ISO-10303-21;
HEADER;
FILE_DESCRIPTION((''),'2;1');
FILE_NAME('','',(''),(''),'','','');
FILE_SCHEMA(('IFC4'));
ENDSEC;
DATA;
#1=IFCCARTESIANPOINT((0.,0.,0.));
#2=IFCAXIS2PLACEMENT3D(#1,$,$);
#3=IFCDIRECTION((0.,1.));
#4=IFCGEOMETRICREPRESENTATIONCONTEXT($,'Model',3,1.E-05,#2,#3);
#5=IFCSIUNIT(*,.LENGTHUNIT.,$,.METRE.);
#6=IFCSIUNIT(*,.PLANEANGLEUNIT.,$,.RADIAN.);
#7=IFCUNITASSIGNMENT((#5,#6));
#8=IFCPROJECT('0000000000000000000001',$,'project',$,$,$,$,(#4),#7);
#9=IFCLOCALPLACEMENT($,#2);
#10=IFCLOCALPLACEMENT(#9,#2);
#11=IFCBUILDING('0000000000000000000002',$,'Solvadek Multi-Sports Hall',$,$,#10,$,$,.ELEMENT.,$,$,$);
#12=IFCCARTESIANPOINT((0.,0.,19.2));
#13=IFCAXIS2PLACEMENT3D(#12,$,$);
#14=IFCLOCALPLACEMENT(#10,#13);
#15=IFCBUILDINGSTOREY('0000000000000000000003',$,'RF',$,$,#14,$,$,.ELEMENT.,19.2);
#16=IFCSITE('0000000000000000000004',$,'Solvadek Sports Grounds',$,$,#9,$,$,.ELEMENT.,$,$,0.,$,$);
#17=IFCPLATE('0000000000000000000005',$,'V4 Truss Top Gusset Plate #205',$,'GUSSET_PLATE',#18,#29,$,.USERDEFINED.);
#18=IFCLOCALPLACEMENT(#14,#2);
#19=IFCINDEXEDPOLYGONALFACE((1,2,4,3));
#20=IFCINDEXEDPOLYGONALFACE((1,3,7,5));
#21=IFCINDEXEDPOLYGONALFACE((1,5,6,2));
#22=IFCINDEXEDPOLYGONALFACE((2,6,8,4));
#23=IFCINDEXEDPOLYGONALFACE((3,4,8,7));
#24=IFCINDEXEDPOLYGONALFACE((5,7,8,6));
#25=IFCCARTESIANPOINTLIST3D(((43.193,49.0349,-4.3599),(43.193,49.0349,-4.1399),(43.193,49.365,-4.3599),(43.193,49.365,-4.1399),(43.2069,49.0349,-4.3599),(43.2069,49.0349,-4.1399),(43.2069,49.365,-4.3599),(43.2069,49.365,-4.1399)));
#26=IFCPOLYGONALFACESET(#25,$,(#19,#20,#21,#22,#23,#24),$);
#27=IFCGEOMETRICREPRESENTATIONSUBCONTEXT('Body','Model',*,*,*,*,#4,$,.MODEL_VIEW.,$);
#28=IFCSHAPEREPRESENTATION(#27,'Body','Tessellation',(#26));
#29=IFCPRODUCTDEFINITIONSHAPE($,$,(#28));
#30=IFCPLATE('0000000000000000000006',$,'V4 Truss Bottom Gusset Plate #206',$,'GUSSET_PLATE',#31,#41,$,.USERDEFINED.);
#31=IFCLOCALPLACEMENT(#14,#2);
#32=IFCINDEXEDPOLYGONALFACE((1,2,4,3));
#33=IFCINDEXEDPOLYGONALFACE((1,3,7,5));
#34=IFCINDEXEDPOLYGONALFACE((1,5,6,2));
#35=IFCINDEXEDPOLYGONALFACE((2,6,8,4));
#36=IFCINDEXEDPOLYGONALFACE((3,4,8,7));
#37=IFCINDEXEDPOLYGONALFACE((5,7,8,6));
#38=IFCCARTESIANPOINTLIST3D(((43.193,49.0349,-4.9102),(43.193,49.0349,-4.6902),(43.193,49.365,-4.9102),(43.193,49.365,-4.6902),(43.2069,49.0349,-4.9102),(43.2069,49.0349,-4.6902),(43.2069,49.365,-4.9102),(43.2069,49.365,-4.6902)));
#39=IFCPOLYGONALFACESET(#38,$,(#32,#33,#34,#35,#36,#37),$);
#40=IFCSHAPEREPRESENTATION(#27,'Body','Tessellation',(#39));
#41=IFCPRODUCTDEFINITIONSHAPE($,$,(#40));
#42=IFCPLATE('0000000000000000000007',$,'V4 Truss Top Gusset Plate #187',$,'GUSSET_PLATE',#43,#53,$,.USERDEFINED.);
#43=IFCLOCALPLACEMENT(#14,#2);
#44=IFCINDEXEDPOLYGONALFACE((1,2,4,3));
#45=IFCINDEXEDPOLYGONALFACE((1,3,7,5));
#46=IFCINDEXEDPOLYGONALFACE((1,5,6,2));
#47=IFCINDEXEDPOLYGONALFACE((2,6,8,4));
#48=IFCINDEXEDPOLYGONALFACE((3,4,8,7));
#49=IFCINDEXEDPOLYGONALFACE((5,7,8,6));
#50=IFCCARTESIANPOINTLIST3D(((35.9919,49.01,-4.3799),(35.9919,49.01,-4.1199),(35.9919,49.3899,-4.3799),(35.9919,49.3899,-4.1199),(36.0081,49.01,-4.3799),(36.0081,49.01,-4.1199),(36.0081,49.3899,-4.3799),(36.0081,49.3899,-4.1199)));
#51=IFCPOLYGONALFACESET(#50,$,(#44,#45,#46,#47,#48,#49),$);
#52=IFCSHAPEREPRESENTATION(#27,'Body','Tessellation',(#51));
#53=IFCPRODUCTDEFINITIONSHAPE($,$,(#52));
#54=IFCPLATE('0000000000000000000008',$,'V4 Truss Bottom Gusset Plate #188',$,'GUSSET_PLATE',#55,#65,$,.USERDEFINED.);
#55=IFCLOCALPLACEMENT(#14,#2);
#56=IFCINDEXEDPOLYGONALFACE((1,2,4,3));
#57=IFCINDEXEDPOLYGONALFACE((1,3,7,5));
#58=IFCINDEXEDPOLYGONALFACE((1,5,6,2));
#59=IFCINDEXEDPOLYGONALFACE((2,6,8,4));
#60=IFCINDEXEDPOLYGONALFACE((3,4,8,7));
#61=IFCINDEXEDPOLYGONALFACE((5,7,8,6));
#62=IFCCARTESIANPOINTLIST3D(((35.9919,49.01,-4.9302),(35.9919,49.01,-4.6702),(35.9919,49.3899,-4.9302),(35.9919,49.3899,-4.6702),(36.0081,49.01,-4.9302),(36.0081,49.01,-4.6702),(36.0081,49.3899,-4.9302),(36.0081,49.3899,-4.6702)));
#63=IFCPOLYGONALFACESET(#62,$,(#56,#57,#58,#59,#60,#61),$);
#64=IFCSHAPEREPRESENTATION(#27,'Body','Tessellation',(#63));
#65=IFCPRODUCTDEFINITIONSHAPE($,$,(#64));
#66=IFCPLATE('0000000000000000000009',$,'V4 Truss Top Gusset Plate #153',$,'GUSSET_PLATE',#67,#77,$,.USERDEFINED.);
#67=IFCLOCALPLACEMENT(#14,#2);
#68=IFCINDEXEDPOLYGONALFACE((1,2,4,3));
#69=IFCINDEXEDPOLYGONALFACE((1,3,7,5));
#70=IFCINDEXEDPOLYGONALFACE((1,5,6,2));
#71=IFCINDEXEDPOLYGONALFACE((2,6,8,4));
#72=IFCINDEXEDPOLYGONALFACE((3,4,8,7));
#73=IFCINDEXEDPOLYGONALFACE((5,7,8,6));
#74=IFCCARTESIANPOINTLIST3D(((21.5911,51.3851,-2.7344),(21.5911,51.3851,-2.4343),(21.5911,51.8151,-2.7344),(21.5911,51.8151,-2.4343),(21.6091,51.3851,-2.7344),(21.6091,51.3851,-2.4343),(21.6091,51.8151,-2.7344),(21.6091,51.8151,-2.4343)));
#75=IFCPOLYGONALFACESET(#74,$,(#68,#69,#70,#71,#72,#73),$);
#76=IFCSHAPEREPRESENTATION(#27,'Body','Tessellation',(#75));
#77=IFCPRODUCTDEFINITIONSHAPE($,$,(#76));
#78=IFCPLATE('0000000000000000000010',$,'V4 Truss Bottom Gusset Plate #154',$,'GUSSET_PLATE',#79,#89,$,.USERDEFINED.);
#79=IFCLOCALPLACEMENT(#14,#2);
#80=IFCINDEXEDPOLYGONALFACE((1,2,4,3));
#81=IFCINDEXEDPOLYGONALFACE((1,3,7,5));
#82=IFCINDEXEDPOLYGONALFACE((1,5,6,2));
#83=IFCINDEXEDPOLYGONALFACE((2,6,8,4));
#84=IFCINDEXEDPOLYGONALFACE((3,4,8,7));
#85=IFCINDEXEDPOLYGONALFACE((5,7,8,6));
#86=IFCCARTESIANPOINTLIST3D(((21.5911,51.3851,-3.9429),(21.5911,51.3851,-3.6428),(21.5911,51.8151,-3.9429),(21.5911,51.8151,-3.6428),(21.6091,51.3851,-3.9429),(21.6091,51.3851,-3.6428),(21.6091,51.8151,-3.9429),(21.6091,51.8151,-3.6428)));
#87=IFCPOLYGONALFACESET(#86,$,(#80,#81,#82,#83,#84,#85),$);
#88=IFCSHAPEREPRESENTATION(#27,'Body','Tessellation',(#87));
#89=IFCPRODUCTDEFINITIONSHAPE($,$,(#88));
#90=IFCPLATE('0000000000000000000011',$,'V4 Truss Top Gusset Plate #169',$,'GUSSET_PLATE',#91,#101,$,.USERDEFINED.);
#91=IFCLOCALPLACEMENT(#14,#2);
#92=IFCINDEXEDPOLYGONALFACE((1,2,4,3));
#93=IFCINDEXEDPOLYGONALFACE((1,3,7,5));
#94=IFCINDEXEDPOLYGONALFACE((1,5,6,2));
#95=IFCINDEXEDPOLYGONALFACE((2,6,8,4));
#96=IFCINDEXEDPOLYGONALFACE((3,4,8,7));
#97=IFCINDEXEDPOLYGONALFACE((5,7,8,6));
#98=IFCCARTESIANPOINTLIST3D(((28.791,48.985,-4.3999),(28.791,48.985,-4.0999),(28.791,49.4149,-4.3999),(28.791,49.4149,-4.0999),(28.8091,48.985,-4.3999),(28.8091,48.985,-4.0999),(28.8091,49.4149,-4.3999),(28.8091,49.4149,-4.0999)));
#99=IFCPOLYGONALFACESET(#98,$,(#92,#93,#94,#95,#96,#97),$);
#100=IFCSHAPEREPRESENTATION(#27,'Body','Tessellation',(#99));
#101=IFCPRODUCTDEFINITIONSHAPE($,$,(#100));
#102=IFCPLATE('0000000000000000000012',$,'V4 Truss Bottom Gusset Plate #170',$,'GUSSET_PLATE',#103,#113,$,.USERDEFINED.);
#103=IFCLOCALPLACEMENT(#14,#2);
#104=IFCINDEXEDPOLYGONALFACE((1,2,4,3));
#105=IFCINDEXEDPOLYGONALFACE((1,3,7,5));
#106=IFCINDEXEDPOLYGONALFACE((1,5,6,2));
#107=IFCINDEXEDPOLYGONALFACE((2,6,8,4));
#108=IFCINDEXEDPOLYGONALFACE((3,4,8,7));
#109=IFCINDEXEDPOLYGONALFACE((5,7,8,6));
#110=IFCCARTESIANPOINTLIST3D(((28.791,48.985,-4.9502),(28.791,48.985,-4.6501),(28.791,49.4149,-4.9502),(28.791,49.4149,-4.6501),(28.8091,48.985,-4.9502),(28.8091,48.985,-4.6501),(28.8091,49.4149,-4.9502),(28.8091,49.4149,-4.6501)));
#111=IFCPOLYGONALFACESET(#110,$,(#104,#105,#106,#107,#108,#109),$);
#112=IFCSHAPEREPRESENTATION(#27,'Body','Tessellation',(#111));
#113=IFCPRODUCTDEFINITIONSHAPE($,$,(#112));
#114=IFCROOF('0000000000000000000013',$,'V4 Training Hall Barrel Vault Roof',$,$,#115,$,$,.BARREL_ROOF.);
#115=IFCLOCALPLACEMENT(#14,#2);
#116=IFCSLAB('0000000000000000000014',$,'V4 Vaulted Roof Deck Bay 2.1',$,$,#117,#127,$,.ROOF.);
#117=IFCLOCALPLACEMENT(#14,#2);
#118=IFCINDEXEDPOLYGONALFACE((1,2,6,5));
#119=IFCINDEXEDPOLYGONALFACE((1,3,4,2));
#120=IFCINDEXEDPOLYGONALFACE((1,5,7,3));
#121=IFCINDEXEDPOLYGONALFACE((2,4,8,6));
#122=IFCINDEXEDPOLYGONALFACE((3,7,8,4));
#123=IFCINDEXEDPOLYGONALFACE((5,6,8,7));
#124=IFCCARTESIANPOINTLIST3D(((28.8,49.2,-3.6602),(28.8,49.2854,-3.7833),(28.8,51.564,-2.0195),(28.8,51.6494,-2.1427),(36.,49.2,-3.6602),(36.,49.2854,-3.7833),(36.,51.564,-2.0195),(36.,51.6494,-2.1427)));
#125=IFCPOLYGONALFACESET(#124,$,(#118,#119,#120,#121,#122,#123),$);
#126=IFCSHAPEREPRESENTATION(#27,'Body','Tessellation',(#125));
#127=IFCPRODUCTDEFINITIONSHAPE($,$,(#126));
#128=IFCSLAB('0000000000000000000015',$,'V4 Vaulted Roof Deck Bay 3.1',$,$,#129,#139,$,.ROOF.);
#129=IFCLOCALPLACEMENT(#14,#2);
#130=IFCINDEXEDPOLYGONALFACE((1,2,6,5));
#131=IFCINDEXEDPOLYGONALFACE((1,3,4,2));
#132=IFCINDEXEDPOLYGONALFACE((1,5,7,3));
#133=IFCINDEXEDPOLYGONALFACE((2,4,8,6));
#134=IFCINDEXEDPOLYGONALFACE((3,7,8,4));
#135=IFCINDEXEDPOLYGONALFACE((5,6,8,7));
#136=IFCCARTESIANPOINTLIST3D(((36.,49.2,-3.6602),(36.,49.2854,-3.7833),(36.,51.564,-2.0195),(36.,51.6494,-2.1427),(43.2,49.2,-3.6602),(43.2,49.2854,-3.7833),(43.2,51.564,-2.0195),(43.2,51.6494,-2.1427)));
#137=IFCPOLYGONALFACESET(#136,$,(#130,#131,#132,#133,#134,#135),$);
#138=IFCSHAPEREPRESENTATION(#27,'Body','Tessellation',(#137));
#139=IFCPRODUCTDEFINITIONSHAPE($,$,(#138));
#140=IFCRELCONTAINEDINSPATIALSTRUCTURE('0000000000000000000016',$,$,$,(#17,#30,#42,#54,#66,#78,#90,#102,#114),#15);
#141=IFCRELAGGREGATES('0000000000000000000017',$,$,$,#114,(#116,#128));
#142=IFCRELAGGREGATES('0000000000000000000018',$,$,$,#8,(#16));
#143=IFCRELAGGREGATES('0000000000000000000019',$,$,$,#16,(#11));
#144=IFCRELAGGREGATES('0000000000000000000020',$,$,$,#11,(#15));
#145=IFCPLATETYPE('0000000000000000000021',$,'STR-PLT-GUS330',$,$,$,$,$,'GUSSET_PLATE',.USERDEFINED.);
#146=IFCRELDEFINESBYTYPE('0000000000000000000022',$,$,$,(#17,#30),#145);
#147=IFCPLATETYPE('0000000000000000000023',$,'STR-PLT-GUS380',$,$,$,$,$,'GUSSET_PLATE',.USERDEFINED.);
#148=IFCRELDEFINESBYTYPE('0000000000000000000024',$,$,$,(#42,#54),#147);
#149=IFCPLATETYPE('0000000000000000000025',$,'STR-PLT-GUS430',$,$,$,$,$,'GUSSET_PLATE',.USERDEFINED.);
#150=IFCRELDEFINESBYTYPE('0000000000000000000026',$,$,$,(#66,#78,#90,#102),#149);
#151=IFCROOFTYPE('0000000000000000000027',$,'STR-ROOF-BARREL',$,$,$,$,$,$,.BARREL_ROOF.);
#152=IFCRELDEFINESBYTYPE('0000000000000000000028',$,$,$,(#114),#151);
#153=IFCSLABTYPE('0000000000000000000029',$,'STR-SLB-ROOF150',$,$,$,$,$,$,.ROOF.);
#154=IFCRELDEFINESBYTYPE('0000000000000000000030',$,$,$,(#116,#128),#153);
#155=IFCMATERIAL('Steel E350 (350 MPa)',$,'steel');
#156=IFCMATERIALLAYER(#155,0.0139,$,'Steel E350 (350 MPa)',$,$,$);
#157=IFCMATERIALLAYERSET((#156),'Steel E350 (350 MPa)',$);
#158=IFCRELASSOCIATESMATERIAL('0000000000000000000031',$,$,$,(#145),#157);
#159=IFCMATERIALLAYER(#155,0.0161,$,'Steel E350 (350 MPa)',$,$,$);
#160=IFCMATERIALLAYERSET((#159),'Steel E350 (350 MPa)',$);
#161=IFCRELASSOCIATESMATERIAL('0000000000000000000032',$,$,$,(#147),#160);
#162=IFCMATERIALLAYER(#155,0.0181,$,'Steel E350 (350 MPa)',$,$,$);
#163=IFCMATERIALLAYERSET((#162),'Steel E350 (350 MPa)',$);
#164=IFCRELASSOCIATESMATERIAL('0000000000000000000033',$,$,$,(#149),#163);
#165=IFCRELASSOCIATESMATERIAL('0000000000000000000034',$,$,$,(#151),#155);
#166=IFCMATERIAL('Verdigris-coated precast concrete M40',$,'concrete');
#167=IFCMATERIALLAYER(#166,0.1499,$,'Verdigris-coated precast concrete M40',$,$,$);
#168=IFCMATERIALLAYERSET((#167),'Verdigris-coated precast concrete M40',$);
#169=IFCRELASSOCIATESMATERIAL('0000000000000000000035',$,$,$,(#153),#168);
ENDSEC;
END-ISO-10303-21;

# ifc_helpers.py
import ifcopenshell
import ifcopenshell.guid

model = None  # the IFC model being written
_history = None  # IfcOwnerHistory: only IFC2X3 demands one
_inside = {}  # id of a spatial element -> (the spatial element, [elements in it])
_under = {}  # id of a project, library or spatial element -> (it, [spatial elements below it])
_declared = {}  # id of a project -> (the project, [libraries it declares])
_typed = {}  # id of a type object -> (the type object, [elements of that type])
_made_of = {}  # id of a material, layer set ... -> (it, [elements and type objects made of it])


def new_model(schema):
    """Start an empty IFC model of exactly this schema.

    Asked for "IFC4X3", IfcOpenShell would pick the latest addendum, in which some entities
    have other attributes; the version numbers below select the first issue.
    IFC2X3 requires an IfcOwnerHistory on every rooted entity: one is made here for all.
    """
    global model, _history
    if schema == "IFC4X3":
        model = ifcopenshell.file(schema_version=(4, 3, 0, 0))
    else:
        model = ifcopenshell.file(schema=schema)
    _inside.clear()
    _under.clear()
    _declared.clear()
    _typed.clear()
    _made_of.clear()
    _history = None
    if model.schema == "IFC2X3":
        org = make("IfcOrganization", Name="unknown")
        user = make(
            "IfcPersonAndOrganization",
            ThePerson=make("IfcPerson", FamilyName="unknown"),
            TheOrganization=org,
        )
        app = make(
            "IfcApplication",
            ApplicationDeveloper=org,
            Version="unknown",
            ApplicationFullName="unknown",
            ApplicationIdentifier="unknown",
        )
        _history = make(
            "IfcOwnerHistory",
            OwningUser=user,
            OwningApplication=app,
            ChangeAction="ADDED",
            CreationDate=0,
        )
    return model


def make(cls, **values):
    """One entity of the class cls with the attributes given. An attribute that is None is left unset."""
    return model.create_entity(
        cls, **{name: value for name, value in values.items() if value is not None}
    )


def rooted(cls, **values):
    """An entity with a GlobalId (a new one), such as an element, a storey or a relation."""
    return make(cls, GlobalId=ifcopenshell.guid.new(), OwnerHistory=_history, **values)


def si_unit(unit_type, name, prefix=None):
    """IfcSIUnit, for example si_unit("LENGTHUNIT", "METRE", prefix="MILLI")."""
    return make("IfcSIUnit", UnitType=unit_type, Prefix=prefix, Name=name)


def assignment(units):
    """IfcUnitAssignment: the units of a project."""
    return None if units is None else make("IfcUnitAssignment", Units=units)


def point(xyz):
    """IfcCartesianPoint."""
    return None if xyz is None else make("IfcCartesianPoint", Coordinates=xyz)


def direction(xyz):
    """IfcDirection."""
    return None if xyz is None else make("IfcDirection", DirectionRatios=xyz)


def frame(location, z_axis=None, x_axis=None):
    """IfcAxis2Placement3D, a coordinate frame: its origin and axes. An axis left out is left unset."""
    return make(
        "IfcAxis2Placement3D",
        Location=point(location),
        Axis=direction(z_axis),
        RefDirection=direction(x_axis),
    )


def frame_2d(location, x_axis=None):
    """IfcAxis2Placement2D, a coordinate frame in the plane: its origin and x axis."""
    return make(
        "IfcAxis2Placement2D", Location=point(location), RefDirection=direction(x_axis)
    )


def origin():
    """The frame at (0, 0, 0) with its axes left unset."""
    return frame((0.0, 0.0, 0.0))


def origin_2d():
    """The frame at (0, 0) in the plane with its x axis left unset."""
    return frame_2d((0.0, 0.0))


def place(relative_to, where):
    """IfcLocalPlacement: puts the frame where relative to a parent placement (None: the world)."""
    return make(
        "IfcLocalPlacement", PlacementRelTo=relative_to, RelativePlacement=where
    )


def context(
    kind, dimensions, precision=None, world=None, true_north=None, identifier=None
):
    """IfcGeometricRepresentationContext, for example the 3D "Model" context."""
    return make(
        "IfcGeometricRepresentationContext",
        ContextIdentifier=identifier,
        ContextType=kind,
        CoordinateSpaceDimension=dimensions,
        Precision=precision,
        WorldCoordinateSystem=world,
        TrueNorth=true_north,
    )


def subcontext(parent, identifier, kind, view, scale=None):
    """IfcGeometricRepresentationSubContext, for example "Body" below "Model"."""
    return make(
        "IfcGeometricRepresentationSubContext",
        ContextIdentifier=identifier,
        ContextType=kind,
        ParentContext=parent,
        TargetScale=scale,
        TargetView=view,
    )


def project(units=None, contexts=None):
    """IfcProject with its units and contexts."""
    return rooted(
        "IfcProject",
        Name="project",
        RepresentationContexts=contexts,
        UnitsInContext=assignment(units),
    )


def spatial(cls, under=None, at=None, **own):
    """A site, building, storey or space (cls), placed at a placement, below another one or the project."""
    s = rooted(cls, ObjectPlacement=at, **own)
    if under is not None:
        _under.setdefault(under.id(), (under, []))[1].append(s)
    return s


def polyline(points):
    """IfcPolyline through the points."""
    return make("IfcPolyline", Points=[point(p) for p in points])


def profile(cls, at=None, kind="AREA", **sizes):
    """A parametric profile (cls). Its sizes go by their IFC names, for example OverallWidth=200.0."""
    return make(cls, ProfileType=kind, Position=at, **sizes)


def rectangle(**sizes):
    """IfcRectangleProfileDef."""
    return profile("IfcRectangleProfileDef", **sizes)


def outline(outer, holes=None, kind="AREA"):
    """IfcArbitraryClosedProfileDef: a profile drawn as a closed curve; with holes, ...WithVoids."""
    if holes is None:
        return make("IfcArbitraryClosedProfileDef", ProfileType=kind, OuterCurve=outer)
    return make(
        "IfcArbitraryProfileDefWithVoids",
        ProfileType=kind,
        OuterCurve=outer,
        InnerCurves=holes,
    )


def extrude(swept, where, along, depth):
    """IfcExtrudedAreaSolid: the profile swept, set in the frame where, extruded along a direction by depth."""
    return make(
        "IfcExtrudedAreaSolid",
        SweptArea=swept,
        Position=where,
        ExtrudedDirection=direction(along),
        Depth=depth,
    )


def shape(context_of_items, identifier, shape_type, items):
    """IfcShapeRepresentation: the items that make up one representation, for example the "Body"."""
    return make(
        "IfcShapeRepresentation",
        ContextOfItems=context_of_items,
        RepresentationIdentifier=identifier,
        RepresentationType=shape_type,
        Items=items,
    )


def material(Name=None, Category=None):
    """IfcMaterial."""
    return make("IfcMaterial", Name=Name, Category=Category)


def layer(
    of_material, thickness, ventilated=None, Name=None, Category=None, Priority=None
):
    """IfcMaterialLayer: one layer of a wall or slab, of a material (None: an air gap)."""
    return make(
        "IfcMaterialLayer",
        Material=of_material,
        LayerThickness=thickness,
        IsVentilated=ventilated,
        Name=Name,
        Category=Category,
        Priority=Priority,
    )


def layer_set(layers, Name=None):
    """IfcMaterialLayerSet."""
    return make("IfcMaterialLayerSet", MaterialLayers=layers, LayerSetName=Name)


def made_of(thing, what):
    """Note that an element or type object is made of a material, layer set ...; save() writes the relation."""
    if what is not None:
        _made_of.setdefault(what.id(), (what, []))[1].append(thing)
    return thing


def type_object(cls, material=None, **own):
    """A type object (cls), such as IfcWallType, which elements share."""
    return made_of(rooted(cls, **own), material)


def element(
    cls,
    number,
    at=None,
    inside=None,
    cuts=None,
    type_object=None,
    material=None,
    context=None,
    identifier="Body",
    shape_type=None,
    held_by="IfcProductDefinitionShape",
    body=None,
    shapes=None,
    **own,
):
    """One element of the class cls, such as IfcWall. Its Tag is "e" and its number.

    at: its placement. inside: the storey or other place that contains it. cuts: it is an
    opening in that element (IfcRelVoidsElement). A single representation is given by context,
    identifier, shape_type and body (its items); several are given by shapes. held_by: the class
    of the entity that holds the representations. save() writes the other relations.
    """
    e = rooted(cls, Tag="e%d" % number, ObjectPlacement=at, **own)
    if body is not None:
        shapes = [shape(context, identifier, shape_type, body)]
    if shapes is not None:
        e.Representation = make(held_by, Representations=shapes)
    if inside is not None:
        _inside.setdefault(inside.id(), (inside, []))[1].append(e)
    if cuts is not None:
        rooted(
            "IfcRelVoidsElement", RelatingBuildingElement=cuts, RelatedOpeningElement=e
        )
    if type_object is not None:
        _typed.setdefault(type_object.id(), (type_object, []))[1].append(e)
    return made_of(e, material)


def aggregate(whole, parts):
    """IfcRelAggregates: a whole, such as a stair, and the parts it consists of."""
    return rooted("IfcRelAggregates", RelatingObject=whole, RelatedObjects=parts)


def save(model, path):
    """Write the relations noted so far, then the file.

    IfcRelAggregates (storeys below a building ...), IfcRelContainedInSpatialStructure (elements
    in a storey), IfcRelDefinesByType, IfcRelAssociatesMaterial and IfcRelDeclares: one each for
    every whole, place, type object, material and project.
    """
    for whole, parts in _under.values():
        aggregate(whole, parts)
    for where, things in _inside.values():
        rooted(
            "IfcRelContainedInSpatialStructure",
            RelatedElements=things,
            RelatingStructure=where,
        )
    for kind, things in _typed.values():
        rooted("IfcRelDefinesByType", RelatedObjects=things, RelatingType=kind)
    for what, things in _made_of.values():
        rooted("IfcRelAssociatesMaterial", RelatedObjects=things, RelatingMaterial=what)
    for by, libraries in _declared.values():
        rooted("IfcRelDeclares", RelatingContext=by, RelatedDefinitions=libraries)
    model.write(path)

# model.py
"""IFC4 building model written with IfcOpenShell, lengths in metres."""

from ifc_helpers import new_model, si_unit, direction, frame, origin, origin_2d, place, context, subcontext, project, spatial, polyline, rectangle, outline, extrude, material, layer, layer_set, type_object, element, aggregate, save


model = new_model("IFC4")

# Units and contexts
model_context = context("Model", 3, precision=1e-05, world=origin(), true_north=direction((0.0, 1.0)))
body_context = subcontext(model_context, "Body", "Model", "MODEL_VIEW")
ifc_project = project(units=[si_unit("LENGTHUNIT", "METRE"), si_unit("PLANEANGLEUNIT", "RADIAN")], contexts=[model_context])

# Site, building, storey
site_placement = place(None, origin())
site = spatial("IfcSite", under=ifc_project, at=site_placement, Name="Solvadek Sports Grounds", CompositionType="ELEMENT", RefElevation=0.0)
building_placement = place(site_placement, origin())
building = spatial("IfcBuilding", under=site, at=building_placement, Name="Solvadek Multi-Sports Hall", CompositionType="ELEMENT")
storey_placement = place(building_placement, frame((0.0, 0.0, 19.2)))
storey = spatial("IfcBuildingStorey", under=building, at=storey_placement, Name="RF", CompositionType="ELEMENT", Elevation=19.2)

# Shared definitions
ifc_material_1 = material(Name="Steel E350 (350 MPa)", Category="steel")

# Plates
ifc_layer_1 = layer(ifc_material_1, 0.0139, Name="Steel E350 (350 MPa)")
ifc_layer_set_1 = layer_set([ifc_layer_1], Name="Steel E350 (350 MPa)")
plate_type_1 = type_object("IfcPlateType", Name="STR-PLT-GUS330", ElementType="GUSSET_PLATE", PredefinedType="USERDEFINED", material=ifc_layer_set_1)
for number, where, z_axis, x_axis, name in (
    (1, (43.2, 49.2, -4.3599), (0.0, 0.0, 1.0), (0.0, 1.0, 0.0), "V4 Truss Top Gusset Plate #205"),
    (2, (43.2, 49.2, -4.9102), (0.0, 0.0, 1.0), (0.0, 1.0, 0.0), "V4 Truss Bottom Gusset Plate #206"),
):
    element("IfcPlate", number, at=place(storey_placement, frame(where, z_axis=z_axis, x_axis=x_axis)), inside=storey, type_object=plate_type_1, Name=name, ObjectType="GUSSET_PLATE", PredefinedType="USERDEFINED", context=body_context, shape_type="SweptSolid", body=[
        extrude(rectangle(XDim=0.3301, YDim=0.0139, at=origin_2d()), origin(), (0.0, 0.0, 1.0), 0.22),
    ])
ifc_layer_2 = layer(ifc_material_1, 0.0161, Name="Steel E350 (350 MPa)")
ifc_layer_set_2 = layer_set([ifc_layer_2], Name="Steel E350 (350 MPa)")
plate_type_2 = type_object("IfcPlateType", Name="STR-PLT-GUS380", ElementType="GUSSET_PLATE", PredefinedType="USERDEFINED", material=ifc_layer_set_2)
for number, where, z_axis, x_axis, name in (
    (3, (36.0, 49.2, -4.3799), (0.0, 0.0, 1.0), (0.0, 1.0, 0.0), "V4 Truss Top Gusset Plate #187"),
    (4, (36.0, 49.2, -4.9302), (0.0, 0.0, 1.0), (0.0, 1.0, 0.0), "V4 Truss Bottom Gusset Plate #188"),
):
    element("IfcPlate", number, at=place(storey_placement, frame(where, z_axis=z_axis, x_axis=x_axis)), inside=storey, type_object=plate_type_2, Name=name, ObjectType="GUSSET_PLATE", PredefinedType="USERDEFINED", context=body_context, shape_type="SweptSolid", body=[
        extrude(rectangle(XDim=0.3799, YDim=0.0161, at=origin_2d()), origin(), (0.0, 0.0, 1.0), 0.26),
    ])
ifc_layer_3 = layer(ifc_material_1, 0.0181, Name="Steel E350 (350 MPa)")
ifc_layer_set_3 = layer_set([ifc_layer_3], Name="Steel E350 (350 MPa)")
plate_type_3 = type_object("IfcPlateType", Name="STR-PLT-GUS430", ElementType="GUSSET_PLATE", PredefinedType="USERDEFINED", material=ifc_layer_set_3)
for number, where, z_axis, x_axis, name in (
    (5, (21.6001, 51.6001, -2.7344), (0.0, 0.0, 1.0), (0.0, 1.0, 0.0), "V4 Truss Top Gusset Plate #153"),
    (6, (21.6001, 51.6001, -3.9429), (0.0, 0.0, 1.0), (0.0, 1.0, 0.0), "V4 Truss Bottom Gusset Plate #154"),
    (7, (28.8, 49.2, -4.3999), (0.0, 0.0, 1.0), (0.0, 1.0, 0.0), "V4 Truss Top Gusset Plate #169"),
    (8, (28.8, 49.2, -4.9502), (0.0, 0.0, 1.0), (0.0, 1.0, 0.0), "V4 Truss Bottom Gusset Plate #170"),
):
    element("IfcPlate", number, at=place(storey_placement, frame(where, z_axis=z_axis, x_axis=x_axis)), inside=storey, type_object=plate_type_3, Name=name, ObjectType="GUSSET_PLATE", PredefinedType="USERDEFINED", context=body_context, shape_type="SweptSolid", body=[
        extrude(rectangle(XDim=0.4299, YDim=0.0181, at=origin_2d()), origin(), (0.0, 0.0, 1.0), 0.3),
    ])

# Roof, slabs
roof_type = type_object("IfcRoofType", Name="STR-ROOF-BARREL", PredefinedType="BARREL_ROOF", material=ifc_material_1)
roof_placement = place(storey_placement, origin())
roof = element("IfcRoof", 9, at=roof_placement, inside=storey, type_object=roof_type, Name="V4 Training Hall Barrel Vault Roof", PredefinedType="BARREL_ROOF")
ifc_material_2 = material(Name="Verdigris-coated precast concrete M40", Category="concrete")
ifc_layer_4 = layer(ifc_material_2, 0.1499, Name="Verdigris-coated precast concrete M40")
ifc_layer_set_4 = layer_set([ifc_layer_4], Name="Verdigris-coated precast concrete M40")
slab_type = type_object("IfcSlabType", Name="STR-SLB-ROOF150", PredefinedType="ROOF", material=ifc_layer_set_4)
slab_1_placement = place(storey_placement, frame((28.8, 49.2, -3.6602), z_axis=(0.0, -0.570149, 0.821541), x_axis=(1.0, 0.0, 0.0)))
slab_1 = element("IfcSlab", 10, at=slab_1_placement, type_object=slab_type, Name="V4 Vaulted Roof Deck Bay 2.1", PredefinedType="ROOF", context=body_context, shape_type="SweptSolid", body=[
    extrude(outline(polyline([(0.0, 0.0), (7.2, 0.0), (7.2, 2.8775), (0.0, 2.8775), (0.0, 0.0)])), origin(), (0.0, 0.0, -1.0), 0.1499),
])
slab_2_placement = place(storey_placement, frame((36.0, 49.2, -3.6602), z_axis=(0.0, -0.570149, 0.821541), x_axis=(1.0, 0.0, 0.0)))
slab_2 = element("IfcSlab", 11, at=slab_2_placement, type_object=slab_type, Name="V4 Vaulted Roof Deck Bay 3.1", PredefinedType="ROOF", context=body_context, shape_type="SweptSolid", body=[
    extrude(outline(polyline([(0.0, 0.0), (7.2, 0.0), (7.2, 2.8775), (0.0, 2.8775), (0.0, 0.0)])), origin(), (0.0, 0.0, -1.0), 0.1499),
])
aggregate(roof, [slab_1, slab_2])

save(model, "model.ifc")
